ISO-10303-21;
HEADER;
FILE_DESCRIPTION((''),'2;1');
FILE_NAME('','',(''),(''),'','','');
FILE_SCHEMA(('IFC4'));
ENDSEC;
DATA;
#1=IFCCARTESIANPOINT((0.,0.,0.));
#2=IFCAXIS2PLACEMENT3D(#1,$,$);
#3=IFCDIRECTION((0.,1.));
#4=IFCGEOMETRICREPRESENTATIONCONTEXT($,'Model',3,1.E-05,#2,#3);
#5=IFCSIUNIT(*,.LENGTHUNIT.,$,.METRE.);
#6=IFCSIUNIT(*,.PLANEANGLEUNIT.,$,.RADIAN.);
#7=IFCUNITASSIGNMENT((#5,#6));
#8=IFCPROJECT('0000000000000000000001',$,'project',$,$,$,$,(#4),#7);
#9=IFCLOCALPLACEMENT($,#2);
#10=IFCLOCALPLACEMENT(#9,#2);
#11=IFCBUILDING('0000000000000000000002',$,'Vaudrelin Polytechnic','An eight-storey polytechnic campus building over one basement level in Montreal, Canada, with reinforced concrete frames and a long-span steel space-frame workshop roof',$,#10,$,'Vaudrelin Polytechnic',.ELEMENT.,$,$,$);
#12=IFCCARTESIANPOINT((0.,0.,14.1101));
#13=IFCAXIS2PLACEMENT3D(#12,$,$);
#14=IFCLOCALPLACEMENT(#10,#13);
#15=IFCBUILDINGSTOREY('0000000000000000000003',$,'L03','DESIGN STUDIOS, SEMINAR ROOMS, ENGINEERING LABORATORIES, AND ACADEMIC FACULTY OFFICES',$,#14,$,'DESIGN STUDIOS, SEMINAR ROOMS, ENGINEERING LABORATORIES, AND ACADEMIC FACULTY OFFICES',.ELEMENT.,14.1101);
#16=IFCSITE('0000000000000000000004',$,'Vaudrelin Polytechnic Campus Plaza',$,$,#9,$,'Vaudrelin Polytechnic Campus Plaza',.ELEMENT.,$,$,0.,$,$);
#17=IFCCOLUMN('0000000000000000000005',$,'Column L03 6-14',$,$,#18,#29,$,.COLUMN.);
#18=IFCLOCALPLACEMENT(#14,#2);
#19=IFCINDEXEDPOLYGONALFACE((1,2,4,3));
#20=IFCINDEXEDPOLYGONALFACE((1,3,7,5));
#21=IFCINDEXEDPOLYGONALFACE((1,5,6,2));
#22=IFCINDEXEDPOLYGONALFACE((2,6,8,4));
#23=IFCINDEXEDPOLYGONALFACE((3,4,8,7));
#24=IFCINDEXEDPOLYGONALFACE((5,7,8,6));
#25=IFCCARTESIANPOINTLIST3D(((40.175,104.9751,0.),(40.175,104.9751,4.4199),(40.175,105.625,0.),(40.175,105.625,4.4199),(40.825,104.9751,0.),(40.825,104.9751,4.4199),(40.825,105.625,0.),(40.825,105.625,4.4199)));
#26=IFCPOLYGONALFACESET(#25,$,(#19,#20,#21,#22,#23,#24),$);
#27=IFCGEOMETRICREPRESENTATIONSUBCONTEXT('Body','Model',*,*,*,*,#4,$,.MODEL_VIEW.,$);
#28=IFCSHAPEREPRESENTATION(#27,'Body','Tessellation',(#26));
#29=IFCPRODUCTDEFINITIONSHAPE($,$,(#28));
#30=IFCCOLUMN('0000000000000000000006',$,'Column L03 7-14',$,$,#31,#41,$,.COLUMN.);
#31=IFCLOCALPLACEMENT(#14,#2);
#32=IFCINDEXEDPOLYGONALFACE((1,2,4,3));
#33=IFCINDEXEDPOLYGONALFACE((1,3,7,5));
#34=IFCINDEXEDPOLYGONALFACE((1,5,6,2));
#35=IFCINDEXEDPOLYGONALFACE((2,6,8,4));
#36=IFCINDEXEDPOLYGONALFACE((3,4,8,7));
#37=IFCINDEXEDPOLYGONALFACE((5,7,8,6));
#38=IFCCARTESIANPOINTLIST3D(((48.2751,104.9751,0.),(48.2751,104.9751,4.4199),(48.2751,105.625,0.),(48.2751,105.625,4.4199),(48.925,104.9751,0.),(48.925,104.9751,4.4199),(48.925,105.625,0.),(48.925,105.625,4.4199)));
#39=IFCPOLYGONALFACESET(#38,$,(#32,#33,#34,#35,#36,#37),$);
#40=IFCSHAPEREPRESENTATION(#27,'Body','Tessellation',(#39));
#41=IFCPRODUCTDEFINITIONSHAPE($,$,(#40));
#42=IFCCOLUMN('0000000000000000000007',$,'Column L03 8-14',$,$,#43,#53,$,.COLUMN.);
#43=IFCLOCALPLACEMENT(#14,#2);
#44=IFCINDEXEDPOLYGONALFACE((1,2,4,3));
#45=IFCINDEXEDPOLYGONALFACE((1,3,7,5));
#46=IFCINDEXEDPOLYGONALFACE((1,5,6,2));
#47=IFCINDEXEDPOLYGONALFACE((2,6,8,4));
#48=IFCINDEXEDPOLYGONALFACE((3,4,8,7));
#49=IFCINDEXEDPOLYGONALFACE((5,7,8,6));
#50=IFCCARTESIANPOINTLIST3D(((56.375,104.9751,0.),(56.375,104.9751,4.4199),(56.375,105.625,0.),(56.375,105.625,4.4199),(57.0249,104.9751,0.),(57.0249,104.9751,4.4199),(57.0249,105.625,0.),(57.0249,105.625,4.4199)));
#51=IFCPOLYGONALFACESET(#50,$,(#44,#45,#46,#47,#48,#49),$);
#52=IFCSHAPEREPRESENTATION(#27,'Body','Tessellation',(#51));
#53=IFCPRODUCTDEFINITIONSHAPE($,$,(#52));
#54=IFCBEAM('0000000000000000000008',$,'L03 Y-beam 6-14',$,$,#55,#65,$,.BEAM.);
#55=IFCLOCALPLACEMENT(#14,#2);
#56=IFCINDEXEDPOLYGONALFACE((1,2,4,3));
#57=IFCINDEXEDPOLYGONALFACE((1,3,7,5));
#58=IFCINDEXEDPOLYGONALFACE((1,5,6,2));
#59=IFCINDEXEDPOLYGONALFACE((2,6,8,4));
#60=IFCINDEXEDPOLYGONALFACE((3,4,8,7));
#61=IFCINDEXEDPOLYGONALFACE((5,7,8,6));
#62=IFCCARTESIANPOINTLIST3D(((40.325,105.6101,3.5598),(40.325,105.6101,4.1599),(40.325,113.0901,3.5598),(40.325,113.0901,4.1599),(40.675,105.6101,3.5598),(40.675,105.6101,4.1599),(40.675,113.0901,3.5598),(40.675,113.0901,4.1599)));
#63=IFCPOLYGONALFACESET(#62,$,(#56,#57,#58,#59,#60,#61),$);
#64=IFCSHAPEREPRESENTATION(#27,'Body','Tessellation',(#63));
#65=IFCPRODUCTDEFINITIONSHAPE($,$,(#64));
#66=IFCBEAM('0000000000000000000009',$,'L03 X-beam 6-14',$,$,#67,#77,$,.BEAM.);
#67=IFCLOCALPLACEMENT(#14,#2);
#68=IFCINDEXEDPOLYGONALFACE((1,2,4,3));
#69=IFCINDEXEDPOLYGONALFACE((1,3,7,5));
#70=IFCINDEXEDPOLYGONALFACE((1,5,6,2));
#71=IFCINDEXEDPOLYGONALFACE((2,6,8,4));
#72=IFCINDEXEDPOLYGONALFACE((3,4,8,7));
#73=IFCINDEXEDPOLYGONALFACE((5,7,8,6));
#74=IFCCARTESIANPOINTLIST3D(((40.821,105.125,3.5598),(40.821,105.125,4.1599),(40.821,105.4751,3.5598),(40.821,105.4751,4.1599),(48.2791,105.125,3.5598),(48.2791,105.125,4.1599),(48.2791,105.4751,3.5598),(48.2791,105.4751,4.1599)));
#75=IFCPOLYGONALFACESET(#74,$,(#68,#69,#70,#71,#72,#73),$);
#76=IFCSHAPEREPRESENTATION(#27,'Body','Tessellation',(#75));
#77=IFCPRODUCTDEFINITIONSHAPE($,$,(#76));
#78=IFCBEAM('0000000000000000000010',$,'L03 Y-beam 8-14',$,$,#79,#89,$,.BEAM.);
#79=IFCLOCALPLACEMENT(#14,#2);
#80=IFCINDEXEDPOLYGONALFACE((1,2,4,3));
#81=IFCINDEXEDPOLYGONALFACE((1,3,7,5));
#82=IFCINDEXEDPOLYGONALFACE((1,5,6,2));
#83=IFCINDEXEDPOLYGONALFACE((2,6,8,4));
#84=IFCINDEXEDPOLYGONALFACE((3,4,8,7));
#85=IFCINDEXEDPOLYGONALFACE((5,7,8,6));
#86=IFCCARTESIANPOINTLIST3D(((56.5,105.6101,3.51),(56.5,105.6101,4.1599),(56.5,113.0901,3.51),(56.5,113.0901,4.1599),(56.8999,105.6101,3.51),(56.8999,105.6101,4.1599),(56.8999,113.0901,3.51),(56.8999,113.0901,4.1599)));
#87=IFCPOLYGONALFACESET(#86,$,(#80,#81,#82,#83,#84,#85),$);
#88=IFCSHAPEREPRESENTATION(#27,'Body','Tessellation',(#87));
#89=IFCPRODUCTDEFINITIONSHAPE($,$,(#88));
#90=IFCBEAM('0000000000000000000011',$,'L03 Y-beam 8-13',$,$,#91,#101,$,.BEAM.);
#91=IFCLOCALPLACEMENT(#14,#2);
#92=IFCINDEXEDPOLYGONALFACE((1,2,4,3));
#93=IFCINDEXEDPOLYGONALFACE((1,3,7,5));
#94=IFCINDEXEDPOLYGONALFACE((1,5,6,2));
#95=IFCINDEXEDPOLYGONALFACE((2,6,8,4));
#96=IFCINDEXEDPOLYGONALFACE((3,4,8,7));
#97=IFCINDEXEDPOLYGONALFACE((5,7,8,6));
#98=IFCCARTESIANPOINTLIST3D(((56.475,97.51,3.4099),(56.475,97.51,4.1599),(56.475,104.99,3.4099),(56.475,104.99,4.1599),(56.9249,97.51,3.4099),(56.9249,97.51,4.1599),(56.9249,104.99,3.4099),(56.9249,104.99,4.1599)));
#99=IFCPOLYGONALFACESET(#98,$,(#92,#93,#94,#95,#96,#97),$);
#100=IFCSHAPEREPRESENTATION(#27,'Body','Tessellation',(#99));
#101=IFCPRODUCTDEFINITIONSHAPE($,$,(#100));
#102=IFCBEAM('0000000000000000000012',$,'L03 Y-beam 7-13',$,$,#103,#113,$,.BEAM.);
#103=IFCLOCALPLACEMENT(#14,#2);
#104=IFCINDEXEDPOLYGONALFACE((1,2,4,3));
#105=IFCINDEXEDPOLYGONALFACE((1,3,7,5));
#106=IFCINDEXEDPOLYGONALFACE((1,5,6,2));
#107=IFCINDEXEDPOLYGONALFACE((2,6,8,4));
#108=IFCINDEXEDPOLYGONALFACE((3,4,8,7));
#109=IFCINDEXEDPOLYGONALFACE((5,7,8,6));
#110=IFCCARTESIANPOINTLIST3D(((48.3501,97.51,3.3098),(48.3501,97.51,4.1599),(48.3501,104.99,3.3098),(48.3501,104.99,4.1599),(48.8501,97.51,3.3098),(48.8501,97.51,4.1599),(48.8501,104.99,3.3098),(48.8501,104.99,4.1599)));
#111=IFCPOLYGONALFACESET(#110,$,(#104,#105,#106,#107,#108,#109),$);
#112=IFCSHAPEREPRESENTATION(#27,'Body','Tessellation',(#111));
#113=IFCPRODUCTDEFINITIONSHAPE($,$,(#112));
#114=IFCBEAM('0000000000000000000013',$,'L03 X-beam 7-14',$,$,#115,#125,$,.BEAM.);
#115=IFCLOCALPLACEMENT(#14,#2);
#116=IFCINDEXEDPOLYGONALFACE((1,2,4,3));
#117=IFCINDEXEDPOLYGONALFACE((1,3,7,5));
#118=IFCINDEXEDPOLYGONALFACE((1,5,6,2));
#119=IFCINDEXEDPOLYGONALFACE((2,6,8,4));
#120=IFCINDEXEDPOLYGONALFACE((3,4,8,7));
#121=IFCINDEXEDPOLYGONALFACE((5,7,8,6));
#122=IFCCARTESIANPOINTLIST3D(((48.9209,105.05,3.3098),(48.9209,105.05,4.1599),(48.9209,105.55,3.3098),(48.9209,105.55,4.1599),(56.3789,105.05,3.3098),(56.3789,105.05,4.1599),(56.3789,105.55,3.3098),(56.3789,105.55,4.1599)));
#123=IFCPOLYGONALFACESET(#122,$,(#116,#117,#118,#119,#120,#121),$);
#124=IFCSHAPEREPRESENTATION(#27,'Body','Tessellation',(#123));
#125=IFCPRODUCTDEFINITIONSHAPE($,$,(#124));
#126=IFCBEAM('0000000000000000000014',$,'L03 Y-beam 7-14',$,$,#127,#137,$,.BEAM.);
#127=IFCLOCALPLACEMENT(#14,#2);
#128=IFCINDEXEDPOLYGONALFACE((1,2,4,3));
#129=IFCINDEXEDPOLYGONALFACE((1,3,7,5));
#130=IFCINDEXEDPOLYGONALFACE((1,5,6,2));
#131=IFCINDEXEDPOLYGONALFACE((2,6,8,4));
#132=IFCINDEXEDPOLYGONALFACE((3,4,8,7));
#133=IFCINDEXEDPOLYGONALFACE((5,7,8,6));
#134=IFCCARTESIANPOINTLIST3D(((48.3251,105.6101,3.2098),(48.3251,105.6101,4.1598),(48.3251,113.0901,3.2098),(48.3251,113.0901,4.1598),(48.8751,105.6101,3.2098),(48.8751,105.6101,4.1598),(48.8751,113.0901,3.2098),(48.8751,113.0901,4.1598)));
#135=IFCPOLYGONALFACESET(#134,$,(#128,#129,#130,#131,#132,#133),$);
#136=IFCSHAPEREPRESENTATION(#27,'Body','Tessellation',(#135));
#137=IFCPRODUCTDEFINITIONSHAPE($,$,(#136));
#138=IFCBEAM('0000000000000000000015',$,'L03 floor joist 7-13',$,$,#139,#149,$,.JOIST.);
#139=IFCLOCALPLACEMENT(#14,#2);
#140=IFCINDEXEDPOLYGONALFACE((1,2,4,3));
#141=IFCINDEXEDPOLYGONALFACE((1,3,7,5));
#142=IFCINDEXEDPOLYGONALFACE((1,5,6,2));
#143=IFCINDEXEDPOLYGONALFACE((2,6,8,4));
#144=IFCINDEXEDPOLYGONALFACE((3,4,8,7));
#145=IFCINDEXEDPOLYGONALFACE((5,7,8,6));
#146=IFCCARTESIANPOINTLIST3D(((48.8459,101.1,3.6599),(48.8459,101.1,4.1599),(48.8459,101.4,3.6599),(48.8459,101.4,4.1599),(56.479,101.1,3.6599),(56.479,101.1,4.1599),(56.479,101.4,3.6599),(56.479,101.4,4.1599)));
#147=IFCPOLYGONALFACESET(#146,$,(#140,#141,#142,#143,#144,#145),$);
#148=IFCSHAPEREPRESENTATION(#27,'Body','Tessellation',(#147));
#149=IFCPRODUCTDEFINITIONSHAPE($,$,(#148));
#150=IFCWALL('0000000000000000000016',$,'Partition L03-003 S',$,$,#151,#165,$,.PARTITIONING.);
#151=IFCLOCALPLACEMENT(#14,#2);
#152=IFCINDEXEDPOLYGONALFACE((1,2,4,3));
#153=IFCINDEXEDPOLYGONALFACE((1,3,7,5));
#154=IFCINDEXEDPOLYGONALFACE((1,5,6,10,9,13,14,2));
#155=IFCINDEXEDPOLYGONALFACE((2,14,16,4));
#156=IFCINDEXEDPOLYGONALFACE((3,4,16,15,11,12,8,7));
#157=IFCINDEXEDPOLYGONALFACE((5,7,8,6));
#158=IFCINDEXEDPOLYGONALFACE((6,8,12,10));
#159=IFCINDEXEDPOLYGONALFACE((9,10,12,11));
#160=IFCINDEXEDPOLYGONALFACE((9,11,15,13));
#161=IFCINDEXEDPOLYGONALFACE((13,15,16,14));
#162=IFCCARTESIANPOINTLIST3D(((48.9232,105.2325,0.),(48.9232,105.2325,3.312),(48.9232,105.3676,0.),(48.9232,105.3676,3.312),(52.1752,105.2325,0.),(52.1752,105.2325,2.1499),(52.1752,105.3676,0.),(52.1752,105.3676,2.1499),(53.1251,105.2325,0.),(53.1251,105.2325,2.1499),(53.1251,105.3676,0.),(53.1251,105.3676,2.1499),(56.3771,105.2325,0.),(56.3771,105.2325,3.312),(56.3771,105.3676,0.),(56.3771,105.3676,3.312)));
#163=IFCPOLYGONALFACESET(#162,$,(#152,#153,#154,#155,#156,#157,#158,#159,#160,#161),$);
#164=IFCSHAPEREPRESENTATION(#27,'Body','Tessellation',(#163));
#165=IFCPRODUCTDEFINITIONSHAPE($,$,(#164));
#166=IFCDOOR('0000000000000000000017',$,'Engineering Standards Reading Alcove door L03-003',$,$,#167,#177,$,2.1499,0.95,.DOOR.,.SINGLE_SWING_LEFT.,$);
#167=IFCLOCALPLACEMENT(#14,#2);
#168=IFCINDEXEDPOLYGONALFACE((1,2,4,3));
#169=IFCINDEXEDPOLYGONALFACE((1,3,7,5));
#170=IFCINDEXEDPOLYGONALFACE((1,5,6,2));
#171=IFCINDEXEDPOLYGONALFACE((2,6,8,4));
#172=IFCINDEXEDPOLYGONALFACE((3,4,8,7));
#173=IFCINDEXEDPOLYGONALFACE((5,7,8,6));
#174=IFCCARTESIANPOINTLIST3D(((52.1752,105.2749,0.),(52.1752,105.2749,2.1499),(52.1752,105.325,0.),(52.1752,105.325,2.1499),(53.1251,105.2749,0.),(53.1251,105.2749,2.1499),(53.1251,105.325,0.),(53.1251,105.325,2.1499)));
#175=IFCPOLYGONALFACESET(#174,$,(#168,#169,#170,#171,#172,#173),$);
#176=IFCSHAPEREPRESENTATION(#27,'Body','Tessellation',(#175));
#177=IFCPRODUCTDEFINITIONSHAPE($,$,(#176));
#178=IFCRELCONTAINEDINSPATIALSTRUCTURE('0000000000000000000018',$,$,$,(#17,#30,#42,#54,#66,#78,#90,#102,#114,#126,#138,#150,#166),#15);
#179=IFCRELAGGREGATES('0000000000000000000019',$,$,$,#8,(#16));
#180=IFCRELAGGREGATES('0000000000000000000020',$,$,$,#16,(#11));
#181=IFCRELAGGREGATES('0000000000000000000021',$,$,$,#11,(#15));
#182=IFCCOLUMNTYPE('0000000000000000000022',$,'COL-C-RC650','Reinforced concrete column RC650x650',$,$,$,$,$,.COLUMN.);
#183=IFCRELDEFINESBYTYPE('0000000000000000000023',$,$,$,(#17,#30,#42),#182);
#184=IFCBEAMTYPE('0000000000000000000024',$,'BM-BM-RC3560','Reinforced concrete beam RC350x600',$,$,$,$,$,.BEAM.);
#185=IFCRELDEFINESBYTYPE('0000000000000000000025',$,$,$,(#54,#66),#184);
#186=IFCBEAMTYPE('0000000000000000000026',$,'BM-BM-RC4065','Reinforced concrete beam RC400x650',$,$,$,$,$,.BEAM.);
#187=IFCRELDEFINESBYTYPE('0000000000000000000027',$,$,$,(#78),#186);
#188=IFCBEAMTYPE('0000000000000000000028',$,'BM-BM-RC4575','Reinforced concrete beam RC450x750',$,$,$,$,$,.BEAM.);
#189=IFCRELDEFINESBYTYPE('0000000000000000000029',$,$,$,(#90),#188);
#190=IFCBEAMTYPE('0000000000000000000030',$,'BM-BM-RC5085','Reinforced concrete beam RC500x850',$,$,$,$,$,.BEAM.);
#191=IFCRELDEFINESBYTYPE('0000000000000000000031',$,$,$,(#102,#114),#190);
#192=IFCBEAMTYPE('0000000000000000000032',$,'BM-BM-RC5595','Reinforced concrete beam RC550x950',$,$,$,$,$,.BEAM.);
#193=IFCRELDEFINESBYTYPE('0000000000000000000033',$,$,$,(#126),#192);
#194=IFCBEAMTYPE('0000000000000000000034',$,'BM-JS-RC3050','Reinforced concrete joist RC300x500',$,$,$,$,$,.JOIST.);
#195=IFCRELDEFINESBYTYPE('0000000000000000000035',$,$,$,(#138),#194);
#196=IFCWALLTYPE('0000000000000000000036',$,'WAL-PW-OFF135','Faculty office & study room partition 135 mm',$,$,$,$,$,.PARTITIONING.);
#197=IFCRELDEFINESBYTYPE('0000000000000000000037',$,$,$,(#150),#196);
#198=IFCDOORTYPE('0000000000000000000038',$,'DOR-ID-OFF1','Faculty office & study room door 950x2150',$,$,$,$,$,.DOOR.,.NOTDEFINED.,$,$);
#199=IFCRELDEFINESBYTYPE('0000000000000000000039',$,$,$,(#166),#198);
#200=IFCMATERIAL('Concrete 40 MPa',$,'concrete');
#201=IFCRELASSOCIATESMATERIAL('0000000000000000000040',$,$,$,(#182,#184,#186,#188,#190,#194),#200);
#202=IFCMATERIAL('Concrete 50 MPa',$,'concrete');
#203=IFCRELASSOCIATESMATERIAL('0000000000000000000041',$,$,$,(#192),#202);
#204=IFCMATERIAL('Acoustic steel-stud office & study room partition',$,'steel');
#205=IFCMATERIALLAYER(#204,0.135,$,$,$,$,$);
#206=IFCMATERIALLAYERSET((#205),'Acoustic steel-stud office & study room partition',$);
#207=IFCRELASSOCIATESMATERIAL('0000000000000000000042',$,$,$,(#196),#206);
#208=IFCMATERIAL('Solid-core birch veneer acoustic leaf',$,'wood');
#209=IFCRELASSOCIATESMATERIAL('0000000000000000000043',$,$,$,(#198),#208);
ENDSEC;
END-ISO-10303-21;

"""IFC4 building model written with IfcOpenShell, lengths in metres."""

from ifc_helpers import new_model, si_unit, direction, frame, frame_2d, origin, origin_2d, place, context, subcontext, project, spatial, rectangle, extrude, material, layer, layer_set, material_profile, profile_set, type_object, element, fill, save


model = new_model("IFC4")

# Units and contexts
model_context = context("Model", 3, precision=1e-05, world=origin(), true_north=direction((0.0, 1.0)))
body_context = subcontext(model_context, "Body", "Model", "MODEL_VIEW")
ifc_project = project(units=[si_unit("LENGTHUNIT", "METRE"), si_unit("PLANEANGLEUNIT", "RADIAN")], contexts=[model_context])

# Site, building, storey
site_placement = place(None, origin())
site = spatial("IfcSite", under=ifc_project, at=site_placement, Name="Vaudrelin Polytechnic Campus Plaza", LongName="Vaudrelin Polytechnic Campus Plaza", CompositionType="ELEMENT", RefElevation=0.0)
building_placement = place(site_placement, origin())
building = spatial("IfcBuilding", under=site, at=building_placement, Name="Vaudrelin Polytechnic", Description="An eight-storey polytechnic campus building over one basement level in Montreal, Canada, with reinforced concrete frames and a long-span steel space-frame workshop roof", LongName="Vaudrelin Polytechnic", CompositionType="ELEMENT")
storey_placement = place(building_placement, frame((0.0, 0.0, 14.1101)))
storey = spatial("IfcBuildingStorey", under=building, at=storey_placement, Name="L03", Description="DESIGN STUDIOS, SEMINAR ROOMS, ENGINEERING LABORATORIES, AND ACADEMIC FACULTY OFFICES", LongName="DESIGN STUDIOS, SEMINAR ROOMS, ENGINEERING LABORATORIES, AND ACADEMIC FACULTY OFFICES", CompositionType="ELEMENT", Elevation=14.1101)

# Columns
ifc_material_1 = material(Name="Concrete 40 MPa", Category="concrete")
ifc_material_profile_1 = material_profile(ifc_material_1, rectangle(XDim=0.6499, YDim=0.6499, at=origin_2d()), Name="RC650x650")
ifc_profile_set_1 = profile_set([ifc_material_profile_1], Name="Concrete 40 MPa")
column_type = type_object("IfcColumnType", Name="COL-C-RC650", Description="Reinforced concrete column RC650x650", PredefinedType="COLUMN", material=ifc_profile_set_1)
for number, where, z_axis, x_axis, name in (
    (1, (40.5, 105.3, 0.0), (0.0, 0.0, 1.0), (1.0, 0.0, 0.0), "Column L03 6-14"),
    (2, (48.6001, 105.3, 0.0), (0.0, 0.0, 1.0), (1.0, 0.0, 0.0), "Column L03 7-14"),
    (3, (56.7, 105.3, 0.0), (0.0, 0.0, 1.0), (1.0, 0.0, 0.0), "Column L03 8-14"),
):
    element("IfcColumn", number, at=place(storey_placement, frame(where, z_axis=z_axis, x_axis=x_axis)), inside=storey, type_object=column_type, Name=name, PredefinedType="COLUMN", context=body_context, shape_type="SweptSolid", body=[
        extrude(rectangle(XDim=0.6499, YDim=0.6499, at=origin_2d()), origin(), (0.0, 0.0, 1.0), 4.4199),
    ])

# Beams
ifc_material_profile_2 = material_profile(ifc_material_1, rectangle(XDim=0.3501, YDim=0.6001, at=origin_2d()), Name="RC350x600")
ifc_profile_set_2 = profile_set([ifc_material_profile_2], Name="Concrete 40 MPa")
beam_type_1 = type_object("IfcBeamType", Name="BM-BM-RC3560", Description="Reinforced concrete beam RC350x600", PredefinedType="BEAM", material=ifc_profile_set_2)
beam_1_placement = place(storey_placement, frame((40.5, 105.6101, 3.8599), z_axis=(0.0, 1.0, 0.0), x_axis=(-1.0, 0.0, 0.0)))
element("IfcBeam", 4, at=beam_1_placement, inside=storey, type_object=beam_type_1, Name="L03 Y-beam 6-14", PredefinedType="BEAM", context=body_context, shape_type="SweptSolid", body=[
    extrude(rectangle(XDim=0.3501, YDim=0.6001, at=origin_2d()), origin(), (0.0, 0.0, 1.0), 7.48),
])
beam_2_placement = place(storey_placement, frame((40.821, 105.3, 3.8599), z_axis=(1.0, 0.0, 0.0), x_axis=(0.0, 1.0, 0.0)))
element("IfcBeam", 5, at=beam_2_placement, inside=storey, type_object=beam_type_1, Name="L03 X-beam 6-14", PredefinedType="BEAM", context=body_context, shape_type="SweptSolid", body=[
    extrude(rectangle(XDim=0.3501, YDim=0.6001, at=origin_2d()), origin(), (0.0, 0.0, 1.0), 7.458),
])
ifc_material_profile_3 = material_profile(ifc_material_1, rectangle(XDim=0.3999, YDim=0.6499, at=origin_2d()), Name="RC400x650")
ifc_profile_set_3 = profile_set([ifc_material_profile_3], Name="Concrete 40 MPa")
beam_type_2 = type_object("IfcBeamType", Name="BM-BM-RC4065", Description="Reinforced concrete beam RC400x650", PredefinedType="BEAM", material=ifc_profile_set_3)
beam_3_placement = place(storey_placement, frame((56.7, 105.6101, 3.835), z_axis=(0.0, 1.0, 0.0), x_axis=(-1.0, 0.0, 0.0)))
element("IfcBeam", 6, at=beam_3_placement, inside=storey, type_object=beam_type_2, Name="L03 Y-beam 8-14", PredefinedType="BEAM", context=body_context, shape_type="SweptSolid", body=[
    extrude(rectangle(XDim=0.3999, YDim=0.6499, at=origin_2d()), origin(), (0.0, 0.0, 1.0), 7.48),
])
ifc_material_profile_4 = material_profile(ifc_material_1, rectangle(XDim=0.45, YDim=0.75, at=origin_2d()), Name="RC450x750")
ifc_profile_set_4 = profile_set([ifc_material_profile_4], Name="Concrete 40 MPa")
beam_type_3 = type_object("IfcBeamType", Name="BM-BM-RC4575", Description="Reinforced concrete beam RC450x750", PredefinedType="BEAM", material=ifc_profile_set_4)
beam_4_placement = place(storey_placement, frame((56.7, 97.51, 3.7849), z_axis=(0.0, 1.0, 0.0), x_axis=(-1.0, 0.0, 0.0)))
element("IfcBeam", 7, at=beam_4_placement, inside=storey, type_object=beam_type_3, Name="L03 Y-beam 8-13", PredefinedType="BEAM", context=body_context, shape_type="SweptSolid", body=[
    extrude(rectangle(XDim=0.45, YDim=0.75, at=origin_2d()), origin(), (0.0, 0.0, 1.0), 7.48),
])
ifc_material_profile_5 = material_profile(ifc_material_1, rectangle(XDim=0.5, YDim=0.8501, at=origin_2d()), Name="RC500x850")
ifc_profile_set_5 = profile_set([ifc_material_profile_5], Name="Concrete 40 MPa")
beam_type_4 = type_object("IfcBeamType", Name="BM-BM-RC5085", Description="Reinforced concrete beam RC500x850", PredefinedType="BEAM", material=ifc_profile_set_5)
beam_5_placement = place(storey_placement, frame((48.6001, 97.51, 3.7349), z_axis=(0.0, 1.0, 0.0), x_axis=(-1.0, 0.0, 0.0)))
element("IfcBeam", 8, at=beam_5_placement, inside=storey, type_object=beam_type_4, Name="L03 Y-beam 7-13", PredefinedType="BEAM", context=body_context, shape_type="SweptSolid", body=[
    extrude(rectangle(XDim=0.5, YDim=0.8501, at=origin_2d()), origin(), (0.0, 0.0, 1.0), 7.48),
])
beam_6_placement = place(storey_placement, frame((48.9209, 105.3, 3.7349), z_axis=(1.0, 0.0, 0.0), x_axis=(0.0, 1.0, 0.0)))
element("IfcBeam", 9, at=beam_6_placement, inside=storey, type_object=beam_type_4, Name="L03 X-beam 7-14", PredefinedType="BEAM", context=body_context, shape_type="SweptSolid", body=[
    extrude(rectangle(XDim=0.5, YDim=0.8501, at=origin_2d()), origin(), (0.0, 0.0, 1.0), 7.458),
])
ifc_material_2 = material(Name="Concrete 50 MPa", Category="concrete")
ifc_material_profile_6 = material_profile(ifc_material_2, rectangle(XDim=0.55, YDim=0.95, at=origin_2d()), Name="RC550x950")
ifc_profile_set_6 = profile_set([ifc_material_profile_6], Name="Concrete 50 MPa")
beam_type_5 = type_object("IfcBeamType", Name="BM-BM-RC5595", Description="Reinforced concrete beam RC550x950", PredefinedType="BEAM", material=ifc_profile_set_6)
beam_7_placement = place(storey_placement, frame((48.6001, 105.6101, 3.6848), z_axis=(0.0, 1.0, 0.0), x_axis=(-1.0, 0.0, 0.0)))
element("IfcBeam", 10, at=beam_7_placement, inside=storey, type_object=beam_type_5, Name="L03 Y-beam 7-14", PredefinedType="BEAM", context=body_context, shape_type="SweptSolid", body=[
    extrude(rectangle(XDim=0.55, YDim=0.95, at=origin_2d()), origin(), (0.0, 0.0, 1.0), 7.48),
])
ifc_material_profile_7 = material_profile(ifc_material_1, rectangle(XDim=0.3, YDim=0.5, at=origin_2d()), Name="RC300x500")
ifc_profile_set_7 = profile_set([ifc_material_profile_7], Name="Concrete 40 MPa")
beam_type_6 = type_object("IfcBeamType", Name="BM-JS-RC3050", Description="Reinforced concrete joist RC300x500", PredefinedType="JOIST", material=ifc_profile_set_7)
beam_8_placement = place(storey_placement, frame((48.8459, 101.25, 3.9099), z_axis=(1.0, 0.0, 0.0), x_axis=(0.0, 1.0, 0.0)))
element("IfcBeam", 11, at=beam_8_placement, inside=storey, type_object=beam_type_6, Name="L03 floor joist 7-13", PredefinedType="JOIST", context=body_context, shape_type="SweptSolid", body=[
    extrude(rectangle(XDim=0.3, YDim=0.5, at=origin_2d()), origin(), (0.0, 0.0, 1.0), 7.6331),
])

# Wall, opening, door
ifc_material_3 = material(Name="Acoustic steel-stud office & study room partition", Category="steel")
ifc_layer_1 = layer(ifc_material_3, 0.135)
ifc_layer_set_1 = layer_set([ifc_layer_1], Name="Acoustic steel-stud office & study room partition")
wall_type_1 = type_object("IfcWallType", Name="WAL-PW-OFF135", Description="Faculty office & study room partition 135 mm", PredefinedType="PARTITIONING", material=ifc_layer_set_1)
wall_1_placement = place(storey_placement, frame((48.9231, 105.3, 0.0), z_axis=(0.0, 0.0, 1.0), x_axis=(1.0, 0.0, 0.0)))
wall_1 = element("IfcWall", 12, at=wall_1_placement, inside=storey, type_object=wall_type_1, Name="Partition L03-003 S", PredefinedType="PARTITIONING", context=body_context, shape_type="SweptSolid", body=[
    extrude(rectangle(XDim=7.4539, YDim=0.135, at=frame_2d((3.7271, 0.0))), origin(), (0.0, 0.0, 1.0), 3.312),
])
opening_1_placement = place(wall_1_placement, frame((3.252, 0.0, 0.0)))
opening_1 = element("IfcOpeningElement", 13, at=opening_1_placement, cuts=wall_1, PredefinedType="OPENING", context=body_context, shape_type="SweptSolid", body=[
    extrude(rectangle(XDim=0.95, YDim=2.1499, at=frame_2d((0.4751, 1.075))), frame((0.0, 0.0776, 0.0), z_axis=(0.0, -1.0, 0.0), x_axis=(1.0, 0.0, 0.0)), (0.0, 0.0, 1.0), 0.155),
])
ifc_material_4 = material(Name="Solid-core birch veneer acoustic leaf", Category="wood")
door_type_1 = type_object("IfcDoorType", Name="DOR-ID-OFF1", Description="Faculty office & study room door 950x2150", OperationType="NOTDEFINED", PredefinedType="DOOR", material=ifc_material_4)
door_1_placement = place(opening_1_placement, origin())
door_1 = element("IfcDoor", 14, at=door_1_placement, inside=storey, type_object=door_type_1, Name="Engineering Standards Reading Alcove door L03-003", OperationType="SINGLE_SWING_LEFT", OverallHeight=2.1499, OverallWidth=0.95, PredefinedType="DOOR", context=body_context, shape_type="SweptSolid", body=[
    extrude(rectangle(XDim=0.95, YDim=2.1499, at=frame_2d((0.4751, 1.075))), frame((0.0, 0.0249, 0.0), z_axis=(0.0, -1.0, 0.0), x_axis=(1.0, 0.0, 0.0)), (0.0, 0.0, 1.0), 0.05),
])
fill(opening_1, door_1)

save(model, "model.ifc")
